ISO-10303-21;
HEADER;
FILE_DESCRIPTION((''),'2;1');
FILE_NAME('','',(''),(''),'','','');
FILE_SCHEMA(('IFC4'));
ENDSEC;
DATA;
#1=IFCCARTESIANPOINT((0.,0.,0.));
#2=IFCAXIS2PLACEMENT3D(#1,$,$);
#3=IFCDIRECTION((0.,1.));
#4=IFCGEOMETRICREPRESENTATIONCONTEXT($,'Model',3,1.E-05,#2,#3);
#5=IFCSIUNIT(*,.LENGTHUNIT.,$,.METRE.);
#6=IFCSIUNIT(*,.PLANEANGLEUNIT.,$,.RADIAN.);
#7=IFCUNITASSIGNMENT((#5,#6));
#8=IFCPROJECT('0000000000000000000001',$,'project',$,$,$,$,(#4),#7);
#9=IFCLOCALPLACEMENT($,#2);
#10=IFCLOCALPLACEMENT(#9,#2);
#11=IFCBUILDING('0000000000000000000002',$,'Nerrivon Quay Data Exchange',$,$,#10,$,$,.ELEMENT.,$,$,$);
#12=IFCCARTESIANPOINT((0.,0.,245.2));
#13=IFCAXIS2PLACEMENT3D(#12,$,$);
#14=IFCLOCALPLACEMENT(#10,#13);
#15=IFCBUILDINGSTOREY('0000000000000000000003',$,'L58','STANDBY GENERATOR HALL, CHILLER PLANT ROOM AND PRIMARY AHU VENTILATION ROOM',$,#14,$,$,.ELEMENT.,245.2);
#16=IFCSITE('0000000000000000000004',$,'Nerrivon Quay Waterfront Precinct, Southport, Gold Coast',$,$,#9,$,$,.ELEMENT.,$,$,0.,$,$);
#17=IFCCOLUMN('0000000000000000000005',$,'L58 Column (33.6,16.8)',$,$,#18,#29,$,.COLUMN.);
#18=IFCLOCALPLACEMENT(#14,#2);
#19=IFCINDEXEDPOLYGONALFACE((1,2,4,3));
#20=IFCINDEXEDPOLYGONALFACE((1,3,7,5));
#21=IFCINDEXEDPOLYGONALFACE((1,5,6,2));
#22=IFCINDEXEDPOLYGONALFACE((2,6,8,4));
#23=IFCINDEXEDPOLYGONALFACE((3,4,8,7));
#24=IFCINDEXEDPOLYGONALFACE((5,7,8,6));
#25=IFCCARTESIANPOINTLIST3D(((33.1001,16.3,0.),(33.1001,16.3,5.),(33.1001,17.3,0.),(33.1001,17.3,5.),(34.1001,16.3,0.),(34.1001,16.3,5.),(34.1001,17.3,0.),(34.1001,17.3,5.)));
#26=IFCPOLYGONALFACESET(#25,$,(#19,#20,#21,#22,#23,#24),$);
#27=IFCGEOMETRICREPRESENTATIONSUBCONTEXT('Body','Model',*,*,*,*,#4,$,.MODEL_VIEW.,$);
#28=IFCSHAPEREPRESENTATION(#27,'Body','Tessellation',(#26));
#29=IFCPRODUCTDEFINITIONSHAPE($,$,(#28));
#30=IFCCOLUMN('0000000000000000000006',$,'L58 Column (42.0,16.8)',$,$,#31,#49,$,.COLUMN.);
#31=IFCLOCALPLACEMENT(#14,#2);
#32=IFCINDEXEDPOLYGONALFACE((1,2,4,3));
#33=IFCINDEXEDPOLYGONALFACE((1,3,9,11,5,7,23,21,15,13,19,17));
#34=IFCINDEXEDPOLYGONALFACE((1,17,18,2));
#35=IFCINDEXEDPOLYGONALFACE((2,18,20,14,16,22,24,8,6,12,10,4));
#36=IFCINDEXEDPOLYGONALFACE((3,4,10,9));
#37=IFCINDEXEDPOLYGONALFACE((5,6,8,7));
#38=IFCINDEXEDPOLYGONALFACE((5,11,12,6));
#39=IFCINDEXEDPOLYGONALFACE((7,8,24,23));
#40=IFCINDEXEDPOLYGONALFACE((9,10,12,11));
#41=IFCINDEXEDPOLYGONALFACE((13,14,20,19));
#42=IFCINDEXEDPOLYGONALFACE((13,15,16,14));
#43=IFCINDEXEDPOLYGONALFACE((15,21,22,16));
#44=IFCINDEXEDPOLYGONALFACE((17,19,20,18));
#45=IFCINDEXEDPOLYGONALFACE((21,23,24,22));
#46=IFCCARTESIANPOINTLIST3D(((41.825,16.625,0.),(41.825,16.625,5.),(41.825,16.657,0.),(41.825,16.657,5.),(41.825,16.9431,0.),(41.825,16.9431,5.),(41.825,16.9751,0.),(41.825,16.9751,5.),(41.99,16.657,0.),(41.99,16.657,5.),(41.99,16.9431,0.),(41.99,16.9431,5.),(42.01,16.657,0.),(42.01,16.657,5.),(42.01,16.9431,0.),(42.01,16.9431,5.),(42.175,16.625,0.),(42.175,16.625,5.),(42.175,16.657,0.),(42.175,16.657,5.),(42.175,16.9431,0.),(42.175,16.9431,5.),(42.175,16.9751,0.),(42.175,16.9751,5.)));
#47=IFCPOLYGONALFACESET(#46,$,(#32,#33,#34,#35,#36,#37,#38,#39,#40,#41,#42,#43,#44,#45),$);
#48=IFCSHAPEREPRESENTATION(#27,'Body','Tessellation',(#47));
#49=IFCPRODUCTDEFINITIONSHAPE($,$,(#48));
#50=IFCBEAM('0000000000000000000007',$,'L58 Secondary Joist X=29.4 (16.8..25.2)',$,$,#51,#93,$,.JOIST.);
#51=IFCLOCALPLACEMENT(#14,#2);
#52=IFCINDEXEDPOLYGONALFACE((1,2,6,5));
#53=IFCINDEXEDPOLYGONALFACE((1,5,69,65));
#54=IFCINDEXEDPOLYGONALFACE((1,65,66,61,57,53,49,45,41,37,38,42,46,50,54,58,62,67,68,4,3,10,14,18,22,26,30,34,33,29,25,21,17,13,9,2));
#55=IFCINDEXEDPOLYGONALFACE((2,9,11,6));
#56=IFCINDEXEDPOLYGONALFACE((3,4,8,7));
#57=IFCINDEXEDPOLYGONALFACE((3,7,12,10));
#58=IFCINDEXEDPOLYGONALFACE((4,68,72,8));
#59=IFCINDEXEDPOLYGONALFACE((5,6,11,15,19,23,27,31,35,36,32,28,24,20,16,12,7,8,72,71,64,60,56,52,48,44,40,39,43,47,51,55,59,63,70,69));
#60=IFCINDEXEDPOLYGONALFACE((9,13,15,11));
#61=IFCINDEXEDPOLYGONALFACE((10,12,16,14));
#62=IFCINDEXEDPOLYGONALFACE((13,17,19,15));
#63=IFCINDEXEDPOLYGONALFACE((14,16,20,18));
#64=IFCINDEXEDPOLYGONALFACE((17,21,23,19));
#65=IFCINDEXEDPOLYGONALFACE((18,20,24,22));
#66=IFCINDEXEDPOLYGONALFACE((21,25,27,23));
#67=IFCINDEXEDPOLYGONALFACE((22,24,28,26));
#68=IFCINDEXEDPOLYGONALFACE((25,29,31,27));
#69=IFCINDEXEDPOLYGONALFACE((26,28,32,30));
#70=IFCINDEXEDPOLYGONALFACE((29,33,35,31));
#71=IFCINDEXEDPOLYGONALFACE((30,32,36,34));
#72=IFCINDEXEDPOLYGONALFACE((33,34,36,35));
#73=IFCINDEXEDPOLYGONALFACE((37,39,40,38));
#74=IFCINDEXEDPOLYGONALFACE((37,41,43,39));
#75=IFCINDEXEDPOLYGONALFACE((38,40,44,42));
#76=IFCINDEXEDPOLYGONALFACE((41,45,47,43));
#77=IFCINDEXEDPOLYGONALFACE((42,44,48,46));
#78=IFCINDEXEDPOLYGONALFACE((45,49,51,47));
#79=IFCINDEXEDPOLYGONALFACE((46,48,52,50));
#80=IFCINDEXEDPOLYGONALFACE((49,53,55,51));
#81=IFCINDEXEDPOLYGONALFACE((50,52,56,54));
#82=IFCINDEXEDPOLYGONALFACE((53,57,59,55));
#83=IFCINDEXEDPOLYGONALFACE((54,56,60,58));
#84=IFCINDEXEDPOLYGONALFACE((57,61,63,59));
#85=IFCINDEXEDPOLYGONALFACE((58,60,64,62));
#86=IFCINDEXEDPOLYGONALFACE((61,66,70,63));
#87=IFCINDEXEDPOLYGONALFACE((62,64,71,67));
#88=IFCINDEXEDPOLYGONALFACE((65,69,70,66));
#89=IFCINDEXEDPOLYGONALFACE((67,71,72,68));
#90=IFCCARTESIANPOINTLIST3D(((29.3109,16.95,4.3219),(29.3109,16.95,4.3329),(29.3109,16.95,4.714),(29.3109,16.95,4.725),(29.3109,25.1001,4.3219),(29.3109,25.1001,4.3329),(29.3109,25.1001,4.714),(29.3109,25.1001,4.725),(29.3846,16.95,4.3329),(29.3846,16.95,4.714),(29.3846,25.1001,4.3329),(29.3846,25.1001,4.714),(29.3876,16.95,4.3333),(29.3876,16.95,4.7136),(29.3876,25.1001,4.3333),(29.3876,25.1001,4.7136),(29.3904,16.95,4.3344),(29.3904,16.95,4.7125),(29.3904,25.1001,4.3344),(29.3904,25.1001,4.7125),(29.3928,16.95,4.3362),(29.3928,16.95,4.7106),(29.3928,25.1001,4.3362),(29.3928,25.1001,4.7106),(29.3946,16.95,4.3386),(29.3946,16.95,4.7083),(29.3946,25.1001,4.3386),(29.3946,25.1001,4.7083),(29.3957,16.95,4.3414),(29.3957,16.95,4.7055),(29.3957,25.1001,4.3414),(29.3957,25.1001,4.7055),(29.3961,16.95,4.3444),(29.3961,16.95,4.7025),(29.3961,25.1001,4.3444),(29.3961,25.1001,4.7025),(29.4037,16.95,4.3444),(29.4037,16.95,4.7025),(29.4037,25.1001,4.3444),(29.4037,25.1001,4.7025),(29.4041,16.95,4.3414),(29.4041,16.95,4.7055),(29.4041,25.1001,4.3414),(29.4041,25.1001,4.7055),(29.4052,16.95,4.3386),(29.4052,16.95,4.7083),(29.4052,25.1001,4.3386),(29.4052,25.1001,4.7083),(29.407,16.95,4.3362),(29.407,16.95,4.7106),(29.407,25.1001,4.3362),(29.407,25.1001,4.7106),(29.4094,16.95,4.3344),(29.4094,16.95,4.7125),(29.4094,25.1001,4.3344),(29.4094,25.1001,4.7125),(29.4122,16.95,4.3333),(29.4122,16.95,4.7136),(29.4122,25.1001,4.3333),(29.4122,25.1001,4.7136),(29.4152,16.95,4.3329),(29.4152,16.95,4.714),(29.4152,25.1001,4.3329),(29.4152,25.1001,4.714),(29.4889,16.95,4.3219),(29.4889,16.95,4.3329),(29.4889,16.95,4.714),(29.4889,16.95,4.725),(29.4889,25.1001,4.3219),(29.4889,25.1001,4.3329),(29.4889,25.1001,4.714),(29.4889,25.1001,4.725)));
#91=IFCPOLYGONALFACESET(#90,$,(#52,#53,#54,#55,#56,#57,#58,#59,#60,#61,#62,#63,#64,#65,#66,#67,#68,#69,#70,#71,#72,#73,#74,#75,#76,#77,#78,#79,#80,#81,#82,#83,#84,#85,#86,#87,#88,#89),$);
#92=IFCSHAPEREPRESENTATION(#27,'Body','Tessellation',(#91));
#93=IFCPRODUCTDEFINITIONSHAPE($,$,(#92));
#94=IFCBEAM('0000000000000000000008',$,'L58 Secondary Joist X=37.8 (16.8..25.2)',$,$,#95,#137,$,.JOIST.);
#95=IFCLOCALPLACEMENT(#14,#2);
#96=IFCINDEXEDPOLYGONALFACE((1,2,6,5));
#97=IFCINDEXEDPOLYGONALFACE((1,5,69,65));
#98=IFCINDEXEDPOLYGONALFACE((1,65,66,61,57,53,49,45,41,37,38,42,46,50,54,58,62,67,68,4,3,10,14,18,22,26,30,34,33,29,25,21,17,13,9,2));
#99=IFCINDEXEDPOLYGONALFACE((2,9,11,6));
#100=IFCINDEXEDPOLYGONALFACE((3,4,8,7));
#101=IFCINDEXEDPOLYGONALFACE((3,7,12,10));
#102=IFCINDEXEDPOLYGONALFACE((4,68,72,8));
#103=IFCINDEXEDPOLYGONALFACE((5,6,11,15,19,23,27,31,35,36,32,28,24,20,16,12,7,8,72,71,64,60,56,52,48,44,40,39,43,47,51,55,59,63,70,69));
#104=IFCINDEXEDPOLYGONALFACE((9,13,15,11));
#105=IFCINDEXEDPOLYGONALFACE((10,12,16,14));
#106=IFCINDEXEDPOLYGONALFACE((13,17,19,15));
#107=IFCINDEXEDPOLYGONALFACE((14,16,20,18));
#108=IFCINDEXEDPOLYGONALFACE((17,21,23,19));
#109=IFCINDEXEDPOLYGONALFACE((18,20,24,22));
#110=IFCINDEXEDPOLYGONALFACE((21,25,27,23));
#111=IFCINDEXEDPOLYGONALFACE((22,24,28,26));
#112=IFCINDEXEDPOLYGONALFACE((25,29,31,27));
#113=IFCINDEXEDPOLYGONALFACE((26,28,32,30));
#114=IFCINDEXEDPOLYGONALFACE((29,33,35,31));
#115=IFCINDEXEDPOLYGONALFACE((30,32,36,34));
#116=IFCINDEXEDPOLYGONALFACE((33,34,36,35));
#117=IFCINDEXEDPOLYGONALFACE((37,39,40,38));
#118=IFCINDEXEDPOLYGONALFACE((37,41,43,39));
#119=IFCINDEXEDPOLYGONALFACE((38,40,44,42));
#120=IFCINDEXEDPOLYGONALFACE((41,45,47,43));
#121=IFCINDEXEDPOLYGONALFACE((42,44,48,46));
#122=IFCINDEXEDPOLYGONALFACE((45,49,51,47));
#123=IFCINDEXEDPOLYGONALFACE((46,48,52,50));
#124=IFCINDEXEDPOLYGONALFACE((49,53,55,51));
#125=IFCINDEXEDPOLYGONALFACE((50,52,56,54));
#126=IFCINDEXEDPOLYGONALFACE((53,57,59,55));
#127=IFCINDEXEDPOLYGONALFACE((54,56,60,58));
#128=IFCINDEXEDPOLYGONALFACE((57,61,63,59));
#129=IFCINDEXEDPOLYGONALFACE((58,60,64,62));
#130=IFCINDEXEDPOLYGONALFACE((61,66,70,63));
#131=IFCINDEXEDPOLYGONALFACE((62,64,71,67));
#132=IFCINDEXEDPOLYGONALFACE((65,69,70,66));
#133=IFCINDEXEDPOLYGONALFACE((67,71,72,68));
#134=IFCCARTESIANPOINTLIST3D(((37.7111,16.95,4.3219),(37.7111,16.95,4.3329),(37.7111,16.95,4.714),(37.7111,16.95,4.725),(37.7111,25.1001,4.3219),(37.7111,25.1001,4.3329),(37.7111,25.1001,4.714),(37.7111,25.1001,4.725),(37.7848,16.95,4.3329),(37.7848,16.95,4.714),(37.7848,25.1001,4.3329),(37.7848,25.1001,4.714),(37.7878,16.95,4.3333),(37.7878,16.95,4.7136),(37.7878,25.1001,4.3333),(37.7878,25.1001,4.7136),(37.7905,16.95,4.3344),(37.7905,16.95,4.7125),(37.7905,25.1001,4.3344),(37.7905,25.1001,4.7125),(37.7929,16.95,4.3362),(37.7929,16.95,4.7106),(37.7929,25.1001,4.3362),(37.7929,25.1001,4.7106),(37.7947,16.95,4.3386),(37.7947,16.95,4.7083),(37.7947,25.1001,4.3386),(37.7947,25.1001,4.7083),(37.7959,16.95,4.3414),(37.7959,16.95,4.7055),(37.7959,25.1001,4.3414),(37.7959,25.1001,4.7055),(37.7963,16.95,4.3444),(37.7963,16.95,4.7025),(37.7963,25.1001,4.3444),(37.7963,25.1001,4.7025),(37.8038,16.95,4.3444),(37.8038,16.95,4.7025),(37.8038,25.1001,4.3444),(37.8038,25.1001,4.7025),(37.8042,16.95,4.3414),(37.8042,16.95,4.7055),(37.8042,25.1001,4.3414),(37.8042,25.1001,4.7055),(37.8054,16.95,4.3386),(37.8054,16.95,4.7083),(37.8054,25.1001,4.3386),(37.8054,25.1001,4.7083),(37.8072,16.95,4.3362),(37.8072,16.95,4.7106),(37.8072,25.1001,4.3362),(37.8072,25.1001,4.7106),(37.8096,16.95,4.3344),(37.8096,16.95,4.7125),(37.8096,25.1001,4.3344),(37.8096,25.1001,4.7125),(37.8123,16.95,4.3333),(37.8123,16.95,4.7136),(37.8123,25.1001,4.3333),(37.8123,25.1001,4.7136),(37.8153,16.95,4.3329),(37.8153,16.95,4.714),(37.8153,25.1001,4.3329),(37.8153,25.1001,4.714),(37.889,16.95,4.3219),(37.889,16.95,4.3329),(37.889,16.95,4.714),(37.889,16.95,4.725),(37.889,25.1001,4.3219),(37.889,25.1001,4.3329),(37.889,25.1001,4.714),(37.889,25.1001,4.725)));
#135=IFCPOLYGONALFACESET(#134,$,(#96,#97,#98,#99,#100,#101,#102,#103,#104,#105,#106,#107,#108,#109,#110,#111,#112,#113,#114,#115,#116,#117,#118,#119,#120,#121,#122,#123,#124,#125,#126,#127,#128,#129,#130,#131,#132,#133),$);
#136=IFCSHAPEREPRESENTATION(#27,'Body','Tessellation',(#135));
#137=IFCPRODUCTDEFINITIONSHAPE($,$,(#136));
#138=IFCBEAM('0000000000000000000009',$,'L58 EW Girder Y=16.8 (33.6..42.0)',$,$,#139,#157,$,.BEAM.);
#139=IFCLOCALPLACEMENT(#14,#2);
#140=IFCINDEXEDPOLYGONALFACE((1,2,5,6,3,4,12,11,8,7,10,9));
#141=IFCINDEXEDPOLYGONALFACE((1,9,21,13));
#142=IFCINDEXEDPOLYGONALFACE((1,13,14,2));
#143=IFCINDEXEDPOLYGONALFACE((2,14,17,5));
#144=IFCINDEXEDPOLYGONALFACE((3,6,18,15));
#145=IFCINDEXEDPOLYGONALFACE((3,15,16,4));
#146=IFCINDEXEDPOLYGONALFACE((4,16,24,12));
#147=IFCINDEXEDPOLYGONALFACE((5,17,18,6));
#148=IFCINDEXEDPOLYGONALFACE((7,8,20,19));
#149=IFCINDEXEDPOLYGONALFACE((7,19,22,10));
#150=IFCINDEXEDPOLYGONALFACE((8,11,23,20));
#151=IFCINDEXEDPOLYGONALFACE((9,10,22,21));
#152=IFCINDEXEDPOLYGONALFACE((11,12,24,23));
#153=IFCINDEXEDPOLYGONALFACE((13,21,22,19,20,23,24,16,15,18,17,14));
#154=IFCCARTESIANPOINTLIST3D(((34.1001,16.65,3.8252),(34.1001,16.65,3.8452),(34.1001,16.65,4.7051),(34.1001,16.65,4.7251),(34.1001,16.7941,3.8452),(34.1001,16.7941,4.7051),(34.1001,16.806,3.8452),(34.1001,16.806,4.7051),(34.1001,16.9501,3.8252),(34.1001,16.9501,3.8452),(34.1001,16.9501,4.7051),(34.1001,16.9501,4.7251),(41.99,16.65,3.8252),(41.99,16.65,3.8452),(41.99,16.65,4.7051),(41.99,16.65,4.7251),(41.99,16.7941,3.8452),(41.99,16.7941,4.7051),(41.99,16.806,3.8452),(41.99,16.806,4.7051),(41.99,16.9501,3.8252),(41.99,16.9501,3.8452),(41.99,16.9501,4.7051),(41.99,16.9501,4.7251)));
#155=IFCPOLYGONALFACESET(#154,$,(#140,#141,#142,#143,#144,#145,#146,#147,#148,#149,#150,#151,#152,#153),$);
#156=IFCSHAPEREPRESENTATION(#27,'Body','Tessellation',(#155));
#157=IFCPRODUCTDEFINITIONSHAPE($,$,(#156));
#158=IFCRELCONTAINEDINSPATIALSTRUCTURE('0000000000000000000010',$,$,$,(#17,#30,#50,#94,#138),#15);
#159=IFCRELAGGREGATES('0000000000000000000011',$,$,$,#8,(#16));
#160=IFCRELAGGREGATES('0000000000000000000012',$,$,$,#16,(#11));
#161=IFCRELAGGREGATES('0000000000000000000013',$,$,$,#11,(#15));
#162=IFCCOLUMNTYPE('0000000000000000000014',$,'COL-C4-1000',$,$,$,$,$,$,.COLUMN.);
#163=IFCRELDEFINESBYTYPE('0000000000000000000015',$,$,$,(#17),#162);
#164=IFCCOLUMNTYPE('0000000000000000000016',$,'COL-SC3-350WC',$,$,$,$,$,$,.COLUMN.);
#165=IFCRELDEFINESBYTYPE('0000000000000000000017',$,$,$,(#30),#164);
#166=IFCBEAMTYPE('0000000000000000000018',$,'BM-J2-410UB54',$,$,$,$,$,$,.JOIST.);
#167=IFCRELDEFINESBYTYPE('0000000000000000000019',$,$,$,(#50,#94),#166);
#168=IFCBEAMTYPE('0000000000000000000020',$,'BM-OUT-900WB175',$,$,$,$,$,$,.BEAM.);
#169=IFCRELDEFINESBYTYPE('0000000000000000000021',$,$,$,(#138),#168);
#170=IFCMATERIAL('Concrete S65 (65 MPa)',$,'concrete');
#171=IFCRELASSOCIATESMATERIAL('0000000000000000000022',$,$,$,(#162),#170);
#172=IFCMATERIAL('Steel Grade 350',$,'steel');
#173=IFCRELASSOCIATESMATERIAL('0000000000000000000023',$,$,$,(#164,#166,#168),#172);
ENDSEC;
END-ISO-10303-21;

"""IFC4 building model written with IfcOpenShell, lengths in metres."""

from ifc_helpers import new_model, si_unit, direction, frame, origin, origin_2d, place, context, subcontext, project, spatial, rectangle, i_section, extrude, material, material_profile, profile_set, type_object, element, save


model = new_model("IFC4")

# Units and contexts
model_context = context("Model", 3, precision=1e-05, world=origin(), true_north=direction((0.0, 1.0)))
body_context = subcontext(model_context, "Body", "Model", "MODEL_VIEW")
ifc_project = project(units=[si_unit("LENGTHUNIT", "METRE"), si_unit("PLANEANGLEUNIT", "RADIAN")], contexts=[model_context])

# Site, building, storey
site_placement = place(None, origin())
site = spatial("IfcSite", under=ifc_project, at=site_placement, Name="Nerrivon Quay Waterfront Precinct, Southport, Gold Coast", CompositionType="ELEMENT", RefElevation=0.0)
building_placement = place(site_placement, origin())
building = spatial("IfcBuilding", under=site, at=building_placement, Name="Nerrivon Quay Data Exchange", CompositionType="ELEMENT")
storey_placement = place(building_placement, frame((0.0, 0.0, 245.2)))
storey = spatial("IfcBuildingStorey", under=building, at=storey_placement, Name="L58", Description="STANDBY GENERATOR HALL, CHILLER PLANT ROOM AND PRIMARY AHU VENTILATION ROOM", CompositionType="ELEMENT", Elevation=245.2)

# Columns
ifc_material_1 = material(Name="Concrete S65 (65 MPa)", Category="concrete")
ifc_material_profile_1 = material_profile(ifc_material_1, rectangle(XDim=1.0, YDim=1.0, at=origin_2d()), Name="RC-COL-1000x1000")
ifc_profile_set_1 = profile_set([ifc_material_profile_1], Name="Concrete S65 (65 MPa)")
column_type_1 = type_object("IfcColumnType", Name="COL-C4-1000", PredefinedType="COLUMN", material=ifc_profile_set_1)
column_1_placement = place(storey_placement, frame((33.6001, 16.8, 0.0), z_axis=(0.0, 0.0, 1.0), x_axis=(1.0, 0.0, 0.0)))
element("IfcColumn", 1, at=column_1_placement, inside=storey, type_object=column_type_1, Name="L58 Column (33.6,16.8)", PredefinedType="COLUMN", context=body_context, shape_type="SweptSolid", body=[
    extrude(rectangle(XDim=1.0, YDim=1.0, at=origin_2d()), origin(), (0.0, 0.0, 1.0), 5.0),
])
ifc_material_2 = material(Name="Steel Grade 350", Category="steel")
ifc_material_profile_2 = material_profile(ifc_material_2, i_section(OverallWidth=0.3501, OverallDepth=0.3501, WebThickness=0.02, FlangeThickness=0.032, at=origin_2d()), Name="350WC230")
ifc_profile_set_2 = profile_set([ifc_material_profile_2], Name="Steel Grade 350")
column_type_2 = type_object("IfcColumnType", Name="COL-SC3-350WC", PredefinedType="COLUMN", material=ifc_profile_set_2)
column_2_placement = place(storey_placement, frame((42.0, 16.8, 0.0), z_axis=(0.0, 0.0, 1.0), x_axis=(1.0, 0.0, 0.0)))
element("IfcColumn", 2, at=column_2_placement, inside=storey, type_object=column_type_2, Name="L58 Column (42.0,16.8)", PredefinedType="COLUMN", context=body_context, shape_type="SweptSolid", body=[
    extrude(i_section(OverallWidth=0.3501, OverallDepth=0.3501, WebThickness=0.02, FlangeThickness=0.032, at=origin_2d()), origin(), (0.0, 0.0, 1.0), 5.0),
])

# Beams
ifc_material_profile_3 = material_profile(ifc_material_2, i_section(OverallWidth=0.178, OverallDepth=0.4031, WebThickness=0.0076, FlangeThickness=0.011, FilletRadius=0.0115, at=origin_2d()), Name="410UB53.7")
ifc_profile_set_3 = profile_set([ifc_material_profile_3], Name="Steel Grade 350")
beam_type_1 = type_object("IfcBeamType", Name="BM-J2-410UB54", PredefinedType="JOIST", material=ifc_profile_set_3)
for number, where, z_axis, x_axis, name in (
    (3, (29.3999, 16.95, 4.5234), (0.0, 1.0, 0.0), (-1.0, 0.0, 0.0), "L58 Secondary Joist X=29.4 (16.8..25.2)"),
    (4, (37.8, 16.95, 4.5234), (0.0, 1.0, 0.0), (-1.0, 0.0, 0.0), "L58 Secondary Joist X=37.8 (16.8..25.2)"),
):
    element("IfcBeam", number, at=place(storey_placement, frame(where, z_axis=z_axis, x_axis=x_axis)), inside=storey, type_object=beam_type_1, Name=name, PredefinedType="JOIST", context=body_context, shape_type="SweptSolid", body=[
        extrude(i_section(OverallWidth=0.178, OverallDepth=0.4031, WebThickness=0.0076, FlangeThickness=0.011, FilletRadius=0.0115, at=origin_2d()), origin(), (0.0, 0.0, 1.0), 8.1501),
    ])
ifc_material_profile_4 = material_profile(ifc_material_2, i_section(OverallWidth=0.3, OverallDepth=0.8999, WebThickness=0.012, FlangeThickness=0.02, at=origin_2d()), Name="900WB175")
ifc_profile_set_4 = profile_set([ifc_material_profile_4], Name="Steel Grade 350")
beam_type_2 = type_object("IfcBeamType", Name="BM-OUT-900WB175", PredefinedType="BEAM", material=ifc_profile_set_4)
beam_1_placement = place(storey_placement, frame((34.1001, 16.8, 4.2751), z_axis=(1.0, 0.0, 0.0), x_axis=(0.0, 1.0, 0.0)))
element("IfcBeam", 5, at=beam_1_placement, inside=storey, type_object=beam_type_2, Name="L58 EW Girder Y=16.8 (33.6..42.0)", PredefinedType="BEAM", context=body_context, shape_type="SweptSolid", body=[
    extrude(i_section(OverallWidth=0.3, OverallDepth=0.8999, WebThickness=0.012, FlangeThickness=0.02, at=origin_2d()), origin(), (0.0, 0.0, 1.0), 7.8899),
])

save(model, "model.ifc")
